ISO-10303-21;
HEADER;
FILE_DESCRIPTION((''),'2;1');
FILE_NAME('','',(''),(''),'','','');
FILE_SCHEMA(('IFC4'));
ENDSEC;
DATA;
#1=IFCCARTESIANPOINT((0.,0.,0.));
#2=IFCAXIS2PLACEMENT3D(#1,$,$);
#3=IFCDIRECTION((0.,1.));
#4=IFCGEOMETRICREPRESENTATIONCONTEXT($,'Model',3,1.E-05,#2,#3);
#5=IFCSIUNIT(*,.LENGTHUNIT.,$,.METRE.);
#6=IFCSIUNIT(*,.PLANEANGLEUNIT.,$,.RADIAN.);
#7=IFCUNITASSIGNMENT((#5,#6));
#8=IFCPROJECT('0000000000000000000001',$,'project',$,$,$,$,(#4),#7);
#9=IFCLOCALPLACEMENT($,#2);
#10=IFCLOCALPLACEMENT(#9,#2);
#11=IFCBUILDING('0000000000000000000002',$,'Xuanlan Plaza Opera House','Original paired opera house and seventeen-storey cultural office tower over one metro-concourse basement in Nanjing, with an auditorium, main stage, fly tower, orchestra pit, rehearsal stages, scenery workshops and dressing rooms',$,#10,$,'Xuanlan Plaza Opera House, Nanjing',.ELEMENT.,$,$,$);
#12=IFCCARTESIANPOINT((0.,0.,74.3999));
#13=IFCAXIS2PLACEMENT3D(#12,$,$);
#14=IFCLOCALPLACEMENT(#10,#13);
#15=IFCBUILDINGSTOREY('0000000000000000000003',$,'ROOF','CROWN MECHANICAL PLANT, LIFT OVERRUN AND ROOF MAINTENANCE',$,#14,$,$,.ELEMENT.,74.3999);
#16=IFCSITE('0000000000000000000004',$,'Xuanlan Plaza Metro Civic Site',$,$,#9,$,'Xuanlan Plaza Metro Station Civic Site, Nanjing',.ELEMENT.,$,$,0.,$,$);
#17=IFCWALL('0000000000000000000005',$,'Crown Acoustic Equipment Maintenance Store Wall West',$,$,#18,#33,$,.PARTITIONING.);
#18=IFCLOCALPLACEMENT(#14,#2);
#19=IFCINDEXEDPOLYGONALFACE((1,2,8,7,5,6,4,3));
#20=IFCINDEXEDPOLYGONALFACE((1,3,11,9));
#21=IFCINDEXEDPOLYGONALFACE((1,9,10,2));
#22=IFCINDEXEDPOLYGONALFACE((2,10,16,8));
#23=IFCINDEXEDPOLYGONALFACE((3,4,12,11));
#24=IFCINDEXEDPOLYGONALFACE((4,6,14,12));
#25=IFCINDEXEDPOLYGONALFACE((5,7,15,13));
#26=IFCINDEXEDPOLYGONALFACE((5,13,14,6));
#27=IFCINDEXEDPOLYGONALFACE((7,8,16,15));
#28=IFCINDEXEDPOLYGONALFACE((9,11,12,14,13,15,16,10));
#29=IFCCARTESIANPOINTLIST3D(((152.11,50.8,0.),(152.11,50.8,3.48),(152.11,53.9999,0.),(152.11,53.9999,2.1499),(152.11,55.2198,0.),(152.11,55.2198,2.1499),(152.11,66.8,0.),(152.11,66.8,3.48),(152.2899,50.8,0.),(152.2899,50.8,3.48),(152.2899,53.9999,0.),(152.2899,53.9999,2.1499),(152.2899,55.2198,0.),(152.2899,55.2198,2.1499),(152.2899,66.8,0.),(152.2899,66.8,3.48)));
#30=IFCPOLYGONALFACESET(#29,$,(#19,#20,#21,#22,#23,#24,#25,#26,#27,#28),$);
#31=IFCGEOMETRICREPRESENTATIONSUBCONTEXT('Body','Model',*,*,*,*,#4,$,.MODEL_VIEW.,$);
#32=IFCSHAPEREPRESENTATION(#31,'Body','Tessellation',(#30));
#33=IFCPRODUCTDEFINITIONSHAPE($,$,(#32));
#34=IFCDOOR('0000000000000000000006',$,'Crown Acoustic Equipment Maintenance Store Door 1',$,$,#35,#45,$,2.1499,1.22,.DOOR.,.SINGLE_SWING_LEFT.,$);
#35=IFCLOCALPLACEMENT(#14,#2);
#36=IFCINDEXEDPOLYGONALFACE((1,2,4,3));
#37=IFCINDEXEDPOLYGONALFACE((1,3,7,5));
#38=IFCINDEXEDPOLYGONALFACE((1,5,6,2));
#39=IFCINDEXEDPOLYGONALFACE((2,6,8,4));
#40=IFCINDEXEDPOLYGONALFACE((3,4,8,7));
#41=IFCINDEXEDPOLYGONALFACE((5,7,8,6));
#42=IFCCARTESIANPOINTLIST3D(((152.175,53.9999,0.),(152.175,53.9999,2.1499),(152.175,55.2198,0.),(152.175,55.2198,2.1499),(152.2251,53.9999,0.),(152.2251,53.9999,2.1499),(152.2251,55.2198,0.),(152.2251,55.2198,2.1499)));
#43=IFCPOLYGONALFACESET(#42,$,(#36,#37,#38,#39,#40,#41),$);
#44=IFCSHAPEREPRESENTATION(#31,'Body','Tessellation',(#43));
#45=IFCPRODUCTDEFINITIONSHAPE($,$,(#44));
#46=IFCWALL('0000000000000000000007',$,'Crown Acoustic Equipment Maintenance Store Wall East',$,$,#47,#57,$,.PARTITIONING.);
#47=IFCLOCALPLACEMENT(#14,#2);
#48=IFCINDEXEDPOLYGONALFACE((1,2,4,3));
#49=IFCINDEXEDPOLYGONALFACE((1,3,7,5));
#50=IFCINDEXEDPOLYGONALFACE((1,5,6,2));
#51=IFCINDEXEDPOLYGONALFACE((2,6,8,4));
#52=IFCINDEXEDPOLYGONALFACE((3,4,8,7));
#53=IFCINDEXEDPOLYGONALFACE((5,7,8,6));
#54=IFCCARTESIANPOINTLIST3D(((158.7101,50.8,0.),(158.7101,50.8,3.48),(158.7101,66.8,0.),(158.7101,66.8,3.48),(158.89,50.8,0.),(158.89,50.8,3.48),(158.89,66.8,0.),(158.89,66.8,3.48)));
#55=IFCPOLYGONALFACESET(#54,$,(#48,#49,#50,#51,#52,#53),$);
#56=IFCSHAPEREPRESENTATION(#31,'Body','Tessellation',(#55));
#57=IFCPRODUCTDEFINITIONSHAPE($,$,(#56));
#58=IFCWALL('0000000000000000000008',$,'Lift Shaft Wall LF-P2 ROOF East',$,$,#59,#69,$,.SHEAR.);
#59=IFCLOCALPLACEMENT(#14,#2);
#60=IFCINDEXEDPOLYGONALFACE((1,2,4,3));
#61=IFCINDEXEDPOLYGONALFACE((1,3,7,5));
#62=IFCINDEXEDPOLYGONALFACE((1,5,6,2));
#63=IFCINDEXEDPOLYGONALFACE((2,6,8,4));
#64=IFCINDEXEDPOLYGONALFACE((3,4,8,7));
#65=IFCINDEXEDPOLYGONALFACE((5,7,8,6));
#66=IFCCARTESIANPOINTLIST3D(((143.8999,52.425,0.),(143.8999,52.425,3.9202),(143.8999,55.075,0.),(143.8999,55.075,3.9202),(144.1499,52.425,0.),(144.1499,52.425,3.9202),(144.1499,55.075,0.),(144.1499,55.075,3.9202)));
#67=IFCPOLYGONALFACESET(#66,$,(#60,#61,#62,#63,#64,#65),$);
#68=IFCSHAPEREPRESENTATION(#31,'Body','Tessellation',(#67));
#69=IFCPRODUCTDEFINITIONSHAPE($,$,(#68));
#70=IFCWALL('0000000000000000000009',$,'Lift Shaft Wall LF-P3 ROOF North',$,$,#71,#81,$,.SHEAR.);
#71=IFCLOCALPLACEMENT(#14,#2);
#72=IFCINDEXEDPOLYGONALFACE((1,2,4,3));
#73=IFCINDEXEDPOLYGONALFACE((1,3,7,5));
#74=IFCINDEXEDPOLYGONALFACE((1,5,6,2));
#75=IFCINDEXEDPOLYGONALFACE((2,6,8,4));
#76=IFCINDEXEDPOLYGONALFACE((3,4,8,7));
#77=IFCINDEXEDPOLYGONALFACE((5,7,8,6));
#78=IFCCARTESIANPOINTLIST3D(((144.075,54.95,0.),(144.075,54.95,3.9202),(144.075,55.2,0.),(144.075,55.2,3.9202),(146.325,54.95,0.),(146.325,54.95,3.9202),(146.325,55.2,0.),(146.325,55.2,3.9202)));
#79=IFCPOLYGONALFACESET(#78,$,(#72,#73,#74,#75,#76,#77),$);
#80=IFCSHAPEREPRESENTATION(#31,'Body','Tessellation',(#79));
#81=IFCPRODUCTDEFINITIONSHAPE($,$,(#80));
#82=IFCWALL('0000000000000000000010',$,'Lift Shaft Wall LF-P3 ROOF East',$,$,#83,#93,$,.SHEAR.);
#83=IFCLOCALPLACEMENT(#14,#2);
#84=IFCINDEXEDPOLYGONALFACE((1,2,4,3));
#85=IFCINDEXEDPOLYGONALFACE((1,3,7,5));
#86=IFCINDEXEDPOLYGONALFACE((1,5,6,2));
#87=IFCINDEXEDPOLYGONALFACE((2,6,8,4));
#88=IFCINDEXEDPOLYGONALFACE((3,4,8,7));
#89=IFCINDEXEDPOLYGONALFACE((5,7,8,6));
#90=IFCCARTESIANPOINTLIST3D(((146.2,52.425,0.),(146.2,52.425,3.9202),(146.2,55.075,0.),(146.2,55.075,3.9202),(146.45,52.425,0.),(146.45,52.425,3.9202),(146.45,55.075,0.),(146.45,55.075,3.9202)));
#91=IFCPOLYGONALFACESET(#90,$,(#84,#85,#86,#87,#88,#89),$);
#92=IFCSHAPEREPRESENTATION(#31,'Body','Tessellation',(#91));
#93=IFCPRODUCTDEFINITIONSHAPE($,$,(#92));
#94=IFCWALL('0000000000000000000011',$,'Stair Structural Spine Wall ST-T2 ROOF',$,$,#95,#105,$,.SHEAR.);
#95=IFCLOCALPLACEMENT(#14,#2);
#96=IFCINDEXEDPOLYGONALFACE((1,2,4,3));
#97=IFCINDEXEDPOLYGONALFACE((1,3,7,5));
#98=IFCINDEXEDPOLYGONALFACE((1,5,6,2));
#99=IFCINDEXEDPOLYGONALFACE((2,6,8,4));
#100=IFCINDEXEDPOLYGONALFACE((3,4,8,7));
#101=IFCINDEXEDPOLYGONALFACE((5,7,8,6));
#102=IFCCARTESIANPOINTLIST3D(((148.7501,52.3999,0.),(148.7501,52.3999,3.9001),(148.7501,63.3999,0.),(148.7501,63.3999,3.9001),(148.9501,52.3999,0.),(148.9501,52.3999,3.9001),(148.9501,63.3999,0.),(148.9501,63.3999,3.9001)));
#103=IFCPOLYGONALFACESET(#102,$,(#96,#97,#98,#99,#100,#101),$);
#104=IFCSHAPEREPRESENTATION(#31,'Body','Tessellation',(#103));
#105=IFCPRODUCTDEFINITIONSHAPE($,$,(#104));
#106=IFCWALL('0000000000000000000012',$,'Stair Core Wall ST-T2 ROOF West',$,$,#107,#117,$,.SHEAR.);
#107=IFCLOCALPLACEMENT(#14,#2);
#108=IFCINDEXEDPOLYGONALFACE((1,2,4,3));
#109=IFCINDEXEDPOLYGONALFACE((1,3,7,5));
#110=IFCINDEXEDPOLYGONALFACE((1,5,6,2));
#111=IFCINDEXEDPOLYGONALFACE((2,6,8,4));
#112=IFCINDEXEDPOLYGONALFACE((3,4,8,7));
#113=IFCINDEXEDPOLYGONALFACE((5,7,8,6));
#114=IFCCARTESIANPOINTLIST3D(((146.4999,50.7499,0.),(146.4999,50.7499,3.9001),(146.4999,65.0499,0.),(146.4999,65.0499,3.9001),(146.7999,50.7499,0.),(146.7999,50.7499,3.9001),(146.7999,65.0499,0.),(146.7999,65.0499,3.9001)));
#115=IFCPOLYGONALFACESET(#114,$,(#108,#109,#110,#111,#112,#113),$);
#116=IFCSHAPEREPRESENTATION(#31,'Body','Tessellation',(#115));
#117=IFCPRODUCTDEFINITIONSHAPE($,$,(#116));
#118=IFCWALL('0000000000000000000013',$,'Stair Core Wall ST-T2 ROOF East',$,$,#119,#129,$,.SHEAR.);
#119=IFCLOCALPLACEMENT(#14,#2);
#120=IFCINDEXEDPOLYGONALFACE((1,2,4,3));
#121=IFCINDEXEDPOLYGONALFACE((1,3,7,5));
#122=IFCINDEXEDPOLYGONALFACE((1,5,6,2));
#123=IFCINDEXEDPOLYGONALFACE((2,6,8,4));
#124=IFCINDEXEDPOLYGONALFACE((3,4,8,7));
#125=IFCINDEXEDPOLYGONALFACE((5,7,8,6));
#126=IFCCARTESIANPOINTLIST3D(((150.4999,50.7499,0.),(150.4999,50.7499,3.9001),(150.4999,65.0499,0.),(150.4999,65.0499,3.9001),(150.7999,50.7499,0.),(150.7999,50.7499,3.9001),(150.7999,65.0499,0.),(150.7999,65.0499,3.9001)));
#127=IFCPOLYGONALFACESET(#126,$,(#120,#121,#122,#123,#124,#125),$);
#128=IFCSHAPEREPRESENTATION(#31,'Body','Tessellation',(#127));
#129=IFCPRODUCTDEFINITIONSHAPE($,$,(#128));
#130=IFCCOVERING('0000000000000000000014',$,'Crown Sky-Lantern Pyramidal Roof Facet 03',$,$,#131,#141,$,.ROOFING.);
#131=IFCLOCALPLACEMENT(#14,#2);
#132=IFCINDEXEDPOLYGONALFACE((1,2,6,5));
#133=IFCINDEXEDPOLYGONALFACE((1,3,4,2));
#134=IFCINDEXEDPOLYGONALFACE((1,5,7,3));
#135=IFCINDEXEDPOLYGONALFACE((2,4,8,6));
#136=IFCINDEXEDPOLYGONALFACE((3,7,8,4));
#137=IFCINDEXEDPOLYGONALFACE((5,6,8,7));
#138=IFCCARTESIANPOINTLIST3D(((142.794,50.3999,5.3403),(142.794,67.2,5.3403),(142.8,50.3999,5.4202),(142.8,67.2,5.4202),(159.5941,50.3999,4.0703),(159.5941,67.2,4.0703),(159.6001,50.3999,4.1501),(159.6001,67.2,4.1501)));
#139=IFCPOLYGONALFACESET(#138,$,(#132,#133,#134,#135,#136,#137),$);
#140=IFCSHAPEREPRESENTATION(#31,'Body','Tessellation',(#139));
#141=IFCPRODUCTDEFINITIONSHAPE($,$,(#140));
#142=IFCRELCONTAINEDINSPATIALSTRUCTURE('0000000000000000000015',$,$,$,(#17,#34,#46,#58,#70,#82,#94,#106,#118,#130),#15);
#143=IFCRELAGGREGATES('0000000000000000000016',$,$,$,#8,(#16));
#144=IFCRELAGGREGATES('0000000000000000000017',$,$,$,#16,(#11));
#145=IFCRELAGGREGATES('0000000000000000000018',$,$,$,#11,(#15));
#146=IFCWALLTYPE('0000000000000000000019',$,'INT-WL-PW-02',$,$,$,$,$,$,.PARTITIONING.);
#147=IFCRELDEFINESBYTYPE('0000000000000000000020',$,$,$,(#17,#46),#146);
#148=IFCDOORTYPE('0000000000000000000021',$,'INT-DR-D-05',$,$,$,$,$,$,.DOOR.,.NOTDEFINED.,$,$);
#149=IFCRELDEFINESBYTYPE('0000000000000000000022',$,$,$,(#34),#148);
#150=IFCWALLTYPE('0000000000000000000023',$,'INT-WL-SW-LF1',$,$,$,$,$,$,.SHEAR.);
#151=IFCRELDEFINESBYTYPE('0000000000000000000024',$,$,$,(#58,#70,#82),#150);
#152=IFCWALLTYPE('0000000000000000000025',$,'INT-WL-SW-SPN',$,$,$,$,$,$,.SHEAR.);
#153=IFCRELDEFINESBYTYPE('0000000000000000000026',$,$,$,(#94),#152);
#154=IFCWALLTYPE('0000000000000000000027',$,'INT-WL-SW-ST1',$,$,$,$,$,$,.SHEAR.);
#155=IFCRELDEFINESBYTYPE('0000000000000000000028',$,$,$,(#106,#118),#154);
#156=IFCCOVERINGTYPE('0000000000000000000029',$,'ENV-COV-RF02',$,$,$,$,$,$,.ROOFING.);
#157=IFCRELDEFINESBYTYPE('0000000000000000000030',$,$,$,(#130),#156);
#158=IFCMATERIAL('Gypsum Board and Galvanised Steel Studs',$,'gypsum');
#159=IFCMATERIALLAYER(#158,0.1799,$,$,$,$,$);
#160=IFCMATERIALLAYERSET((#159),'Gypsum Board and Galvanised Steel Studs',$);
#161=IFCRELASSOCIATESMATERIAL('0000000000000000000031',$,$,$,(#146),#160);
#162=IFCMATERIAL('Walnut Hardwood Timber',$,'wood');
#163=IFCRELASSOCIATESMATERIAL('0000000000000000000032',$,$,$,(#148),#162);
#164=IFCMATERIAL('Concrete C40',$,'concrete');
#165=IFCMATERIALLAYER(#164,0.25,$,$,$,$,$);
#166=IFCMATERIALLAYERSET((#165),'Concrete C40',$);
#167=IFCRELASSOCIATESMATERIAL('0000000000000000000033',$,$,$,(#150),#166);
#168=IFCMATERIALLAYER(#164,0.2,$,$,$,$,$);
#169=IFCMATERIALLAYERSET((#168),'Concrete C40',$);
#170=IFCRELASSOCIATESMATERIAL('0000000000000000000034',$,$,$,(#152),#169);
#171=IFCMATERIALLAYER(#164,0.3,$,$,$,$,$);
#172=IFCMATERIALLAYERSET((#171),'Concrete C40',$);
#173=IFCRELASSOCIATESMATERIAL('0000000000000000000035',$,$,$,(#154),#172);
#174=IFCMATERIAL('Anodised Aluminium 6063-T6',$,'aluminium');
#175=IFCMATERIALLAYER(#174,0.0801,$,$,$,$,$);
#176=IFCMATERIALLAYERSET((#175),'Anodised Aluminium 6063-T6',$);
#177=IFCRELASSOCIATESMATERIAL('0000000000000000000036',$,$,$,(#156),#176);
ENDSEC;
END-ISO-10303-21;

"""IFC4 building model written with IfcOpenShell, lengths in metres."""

from ifc_helpers import new_model, si_unit, direction, frame, frame_2d, origin, place, context, subcontext, project, spatial, polyline, rectangle, outline, extrude, material, layer, layer_set, type_object, element, fill, save


model = new_model("IFC4")

# Units and contexts
model_context = context("Model", 3, precision=1e-05, world=origin(), true_north=direction((0.0, 1.0)))
body_context = subcontext(model_context, "Body", "Model", "MODEL_VIEW")
ifc_project = project(units=[si_unit("LENGTHUNIT", "METRE"), si_unit("PLANEANGLEUNIT", "RADIAN")], contexts=[model_context])

# Site, building, storey
site_placement = place(None, origin())
site = spatial("IfcSite", under=ifc_project, at=site_placement, Name="Xuanlan Plaza Metro Civic Site", LongName="Xuanlan Plaza Metro Station Civic Site, Nanjing", CompositionType="ELEMENT", RefElevation=0.0)
building_placement = place(site_placement, origin())
building = spatial("IfcBuilding", under=site, at=building_placement, Name="Xuanlan Plaza Opera House", Description="Original paired opera house and seventeen-storey cultural office tower over one metro-concourse basement in Nanjing, with an auditorium, main stage, fly tower, orchestra pit, rehearsal stages, scenery workshops and dressing rooms", LongName="Xuanlan Plaza Opera House, Nanjing", CompositionType="ELEMENT")
storey_placement = place(building_placement, frame((0.0, 0.0, 74.3999)))
storey = spatial("IfcBuildingStorey", under=building, at=storey_placement, Name="ROOF", Description="CROWN MECHANICAL PLANT, LIFT OVERRUN AND ROOF MAINTENANCE", CompositionType="ELEMENT", Elevation=74.3999)

# Shared definitions
ifc_material_1 = material(Name="Anodised Aluminium 6063-T6", Category="aluminium")

# Shared definitions
ifc_material_2 = material(Name="Gypsum Board and Galvanised Steel Studs", Category="gypsum")
ifc_layer_1 = layer(ifc_material_2, 0.1799)
ifc_layer_set_1 = layer_set([ifc_layer_1], Name="Gypsum Board and Galvanised Steel Studs")
wall_type_1 = type_object("IfcWallType", Name="INT-WL-PW-02", PredefinedType="PARTITIONING", material=ifc_layer_set_1)
ifc_material_3 = material(Name="Walnut Hardwood Timber", Category="wood")

# Wall, opening, door
wall_1_placement = place(storey_placement, frame((152.2, 50.8, 0.0), z_axis=(0.0, 0.0, 1.0), x_axis=(0.0, 1.0, 0.0)))
wall_1 = element("IfcWall", 1, at=wall_1_placement, inside=storey, type_object=wall_type_1, Name="Crown Acoustic Equipment Maintenance Store Wall West", PredefinedType="PARTITIONING", context=body_context, shape_type="SweptSolid", body=[
    extrude(rectangle(XDim=16.0, YDim=0.1799, at=frame_2d((8.0, 0.0))), origin(), (0.0, 0.0, 1.0), 3.48),
])
opening_1_placement = place(wall_1_placement, frame((3.2, 0.0, 0.0)))
opening_1 = element("IfcOpeningElement", 2, at=opening_1_placement, cuts=wall_1, PredefinedType="OPENING", context=body_context, shape_type="SweptSolid", body=[
    extrude(rectangle(XDim=1.22, YDim=2.1499, at=frame_2d((0.6099, 1.075))), frame((0.0, 0.0999, 0.0), z_axis=(0.0, -1.0, 0.0), x_axis=(1.0, 0.0, 0.0)), (0.0, 0.0, 1.0), 0.2),
])
door_type_1 = type_object("IfcDoorType", Name="INT-DR-D-05", OperationType="NOTDEFINED", PredefinedType="DOOR", material=ifc_material_3)
door_1_placement = place(opening_1_placement, origin())
door_1 = element("IfcDoor", 3, at=door_1_placement, inside=storey, type_object=door_type_1, Name="Crown Acoustic Equipment Maintenance Store Door 1", OperationType="SINGLE_SWING_LEFT", OverallHeight=2.1499, OverallWidth=1.22, PredefinedType="DOOR", context=body_context, shape_type="SweptSolid", body=[
    extrude(rectangle(XDim=1.22, YDim=2.1499, at=frame_2d((0.6099, 1.075))), frame((0.0, 0.0249, 0.0), z_axis=(0.0, -1.0, 0.0), x_axis=(1.0, 0.0, 0.0)), (0.0, 0.0, 1.0), 0.05),
])
fill(opening_1, door_1)

# Walls
wall_2_placement = place(storey_placement, frame((158.8, 50.8, 0.0), z_axis=(0.0, 0.0, 1.0), x_axis=(0.0, 1.0, 0.0)))
element("IfcWall", 4, at=wall_2_placement, inside=storey, type_object=wall_type_1, Name="Crown Acoustic Equipment Maintenance Store Wall East", PredefinedType="PARTITIONING", context=body_context, shape_type="SweptSolid", body=[
    extrude(rectangle(XDim=16.0, YDim=0.1799, at=frame_2d((8.0, 0.0))), origin(), (0.0, 0.0, 1.0), 3.48),
])
ifc_material_4 = material(Name="Concrete C40", Category="concrete")
ifc_layer_2 = layer(ifc_material_4, 0.25)
ifc_layer_set_2 = layer_set([ifc_layer_2], Name="Concrete C40")
wall_type_2 = type_object("IfcWallType", Name="INT-WL-SW-LF1", PredefinedType="SHEAR", material=ifc_layer_set_2)
wall_3_placement = place(storey_placement, frame((144.0249, 52.425, 0.0), z_axis=(0.0, 0.0, 1.0), x_axis=(0.0, 1.0, 0.0)))
element("IfcWall", 5, at=wall_3_placement, inside=storey, type_object=wall_type_2, Name="Lift Shaft Wall LF-P2 ROOF East", PredefinedType="SHEAR", context=body_context, shape_type="SweptSolid", body=[
    extrude(rectangle(XDim=2.6499, YDim=0.25, at=frame_2d((1.325, 0.0))), origin(), (0.0, 0.0, 1.0), 3.9202),
])

# Walls
wall_4_placement = place(storey_placement, frame((144.075, 55.075, 0.0), z_axis=(0.0, 0.0, 1.0), x_axis=(1.0, 0.0, 0.0)))
element("IfcWall", 6, at=wall_4_placement, inside=storey, type_object=wall_type_2, Name="Lift Shaft Wall LF-P3 ROOF North", PredefinedType="SHEAR", context=body_context, shape_type="SweptSolid", body=[
    extrude(rectangle(XDim=2.25, YDim=0.25, at=frame_2d((1.125, 0.0))), origin(), (0.0, 0.0, 1.0), 3.9202),
])
wall_5_placement = place(storey_placement, frame((146.325, 52.425, 0.0), z_axis=(0.0, 0.0, 1.0), x_axis=(0.0, 1.0, 0.0)))
element("IfcWall", 7, at=wall_5_placement, inside=storey, type_object=wall_type_2, Name="Lift Shaft Wall LF-P3 ROOF East", PredefinedType="SHEAR", context=body_context, shape_type="SweptSolid", body=[
    extrude(rectangle(XDim=2.6499, YDim=0.25, at=frame_2d((1.325, 0.0))), origin(), (0.0, 0.0, 1.0), 3.9202),
])
ifc_layer_3 = layer(ifc_material_4, 0.2)
ifc_layer_set_3 = layer_set([ifc_layer_3], Name="Concrete C40")
wall_type_3 = type_object("IfcWallType", Name="INT-WL-SW-SPN", PredefinedType="SHEAR", material=ifc_layer_set_3)
wall_6_placement = place(storey_placement, frame((148.8501, 52.3999, 0.0), z_axis=(0.0, 0.0, 1.0), x_axis=(0.0, 1.0, 0.0)))
element("IfcWall", 8, at=wall_6_placement, inside=storey, type_object=wall_type_3, Name="Stair Structural Spine Wall ST-T2 ROOF", PredefinedType="SHEAR", context=body_context, shape_type="SweptSolid", body=[
    extrude(rectangle(XDim=11.0, YDim=0.2, at=frame_2d((5.5, 0.0))), origin(), (0.0, 0.0, 1.0), 3.9001),
])

# Shared definitions
ifc_layer_4 = layer(ifc_material_4, 0.3)
ifc_layer_set_4 = layer_set([ifc_layer_4], Name="Concrete C40")
wall_type_4 = type_object("IfcWallType", Name="INT-WL-SW-ST1", PredefinedType="SHEAR", material=ifc_layer_set_4)

# Walls
for number, where, z_axis, x_axis, name in (
    (9, (146.6499, 50.75, 0.0), (0.0, 0.0, 1.0), (0.0, 1.0, 0.0), "Stair Core Wall ST-T2 ROOF West"),
    (10, (150.6499, 50.75, 0.0), (0.0, 0.0, 1.0), (0.0, 1.0, 0.0), "Stair Core Wall ST-T2 ROOF East"),
):
    element("IfcWall", number, at=place(storey_placement, frame(where, z_axis=z_axis, x_axis=x_axis)), inside=storey, type_object=wall_type_4, Name=name, PredefinedType="SHEAR", context=body_context, shape_type="SweptSolid", body=[
        extrude(rectangle(XDim=14.3, YDim=0.3, at=frame_2d((7.1499, 0.0))), origin(), (0.0, 0.0, 1.0), 3.9001),
    ])

# Covering
ifc_layer_5 = layer(ifc_material_1, 0.0801)
ifc_layer_set_5 = layer_set([ifc_layer_5], Name="Anodised Aluminium 6063-T6")
covering_type = type_object("IfcCoveringType", Name="ENV-COV-RF02", PredefinedType="ROOFING", material=ifc_layer_set_5)
covering_placement = place(storey_placement, frame((159.6001, 50.3999, 4.1501), z_axis=(0.075381, 0.0, 0.997155), x_axis=(0.0, 1.0, 0.0)))
element("IfcCovering", 11, at=covering_placement, inside=storey, type_object=covering_type, Name="Crown Sky-Lantern Pyramidal Roof Facet 03", PredefinedType="ROOFING", context=body_context, shape_type="SweptSolid", body=[
    extrude(outline(polyline([(0.0, 0.0), (16.8, 0.0), (16.8, 16.848), (0.0, 16.848), (0.0, 0.0)])), origin(), (0.0, 0.0, -1.0), 0.0801),
])

save(model, "model.ifc")
